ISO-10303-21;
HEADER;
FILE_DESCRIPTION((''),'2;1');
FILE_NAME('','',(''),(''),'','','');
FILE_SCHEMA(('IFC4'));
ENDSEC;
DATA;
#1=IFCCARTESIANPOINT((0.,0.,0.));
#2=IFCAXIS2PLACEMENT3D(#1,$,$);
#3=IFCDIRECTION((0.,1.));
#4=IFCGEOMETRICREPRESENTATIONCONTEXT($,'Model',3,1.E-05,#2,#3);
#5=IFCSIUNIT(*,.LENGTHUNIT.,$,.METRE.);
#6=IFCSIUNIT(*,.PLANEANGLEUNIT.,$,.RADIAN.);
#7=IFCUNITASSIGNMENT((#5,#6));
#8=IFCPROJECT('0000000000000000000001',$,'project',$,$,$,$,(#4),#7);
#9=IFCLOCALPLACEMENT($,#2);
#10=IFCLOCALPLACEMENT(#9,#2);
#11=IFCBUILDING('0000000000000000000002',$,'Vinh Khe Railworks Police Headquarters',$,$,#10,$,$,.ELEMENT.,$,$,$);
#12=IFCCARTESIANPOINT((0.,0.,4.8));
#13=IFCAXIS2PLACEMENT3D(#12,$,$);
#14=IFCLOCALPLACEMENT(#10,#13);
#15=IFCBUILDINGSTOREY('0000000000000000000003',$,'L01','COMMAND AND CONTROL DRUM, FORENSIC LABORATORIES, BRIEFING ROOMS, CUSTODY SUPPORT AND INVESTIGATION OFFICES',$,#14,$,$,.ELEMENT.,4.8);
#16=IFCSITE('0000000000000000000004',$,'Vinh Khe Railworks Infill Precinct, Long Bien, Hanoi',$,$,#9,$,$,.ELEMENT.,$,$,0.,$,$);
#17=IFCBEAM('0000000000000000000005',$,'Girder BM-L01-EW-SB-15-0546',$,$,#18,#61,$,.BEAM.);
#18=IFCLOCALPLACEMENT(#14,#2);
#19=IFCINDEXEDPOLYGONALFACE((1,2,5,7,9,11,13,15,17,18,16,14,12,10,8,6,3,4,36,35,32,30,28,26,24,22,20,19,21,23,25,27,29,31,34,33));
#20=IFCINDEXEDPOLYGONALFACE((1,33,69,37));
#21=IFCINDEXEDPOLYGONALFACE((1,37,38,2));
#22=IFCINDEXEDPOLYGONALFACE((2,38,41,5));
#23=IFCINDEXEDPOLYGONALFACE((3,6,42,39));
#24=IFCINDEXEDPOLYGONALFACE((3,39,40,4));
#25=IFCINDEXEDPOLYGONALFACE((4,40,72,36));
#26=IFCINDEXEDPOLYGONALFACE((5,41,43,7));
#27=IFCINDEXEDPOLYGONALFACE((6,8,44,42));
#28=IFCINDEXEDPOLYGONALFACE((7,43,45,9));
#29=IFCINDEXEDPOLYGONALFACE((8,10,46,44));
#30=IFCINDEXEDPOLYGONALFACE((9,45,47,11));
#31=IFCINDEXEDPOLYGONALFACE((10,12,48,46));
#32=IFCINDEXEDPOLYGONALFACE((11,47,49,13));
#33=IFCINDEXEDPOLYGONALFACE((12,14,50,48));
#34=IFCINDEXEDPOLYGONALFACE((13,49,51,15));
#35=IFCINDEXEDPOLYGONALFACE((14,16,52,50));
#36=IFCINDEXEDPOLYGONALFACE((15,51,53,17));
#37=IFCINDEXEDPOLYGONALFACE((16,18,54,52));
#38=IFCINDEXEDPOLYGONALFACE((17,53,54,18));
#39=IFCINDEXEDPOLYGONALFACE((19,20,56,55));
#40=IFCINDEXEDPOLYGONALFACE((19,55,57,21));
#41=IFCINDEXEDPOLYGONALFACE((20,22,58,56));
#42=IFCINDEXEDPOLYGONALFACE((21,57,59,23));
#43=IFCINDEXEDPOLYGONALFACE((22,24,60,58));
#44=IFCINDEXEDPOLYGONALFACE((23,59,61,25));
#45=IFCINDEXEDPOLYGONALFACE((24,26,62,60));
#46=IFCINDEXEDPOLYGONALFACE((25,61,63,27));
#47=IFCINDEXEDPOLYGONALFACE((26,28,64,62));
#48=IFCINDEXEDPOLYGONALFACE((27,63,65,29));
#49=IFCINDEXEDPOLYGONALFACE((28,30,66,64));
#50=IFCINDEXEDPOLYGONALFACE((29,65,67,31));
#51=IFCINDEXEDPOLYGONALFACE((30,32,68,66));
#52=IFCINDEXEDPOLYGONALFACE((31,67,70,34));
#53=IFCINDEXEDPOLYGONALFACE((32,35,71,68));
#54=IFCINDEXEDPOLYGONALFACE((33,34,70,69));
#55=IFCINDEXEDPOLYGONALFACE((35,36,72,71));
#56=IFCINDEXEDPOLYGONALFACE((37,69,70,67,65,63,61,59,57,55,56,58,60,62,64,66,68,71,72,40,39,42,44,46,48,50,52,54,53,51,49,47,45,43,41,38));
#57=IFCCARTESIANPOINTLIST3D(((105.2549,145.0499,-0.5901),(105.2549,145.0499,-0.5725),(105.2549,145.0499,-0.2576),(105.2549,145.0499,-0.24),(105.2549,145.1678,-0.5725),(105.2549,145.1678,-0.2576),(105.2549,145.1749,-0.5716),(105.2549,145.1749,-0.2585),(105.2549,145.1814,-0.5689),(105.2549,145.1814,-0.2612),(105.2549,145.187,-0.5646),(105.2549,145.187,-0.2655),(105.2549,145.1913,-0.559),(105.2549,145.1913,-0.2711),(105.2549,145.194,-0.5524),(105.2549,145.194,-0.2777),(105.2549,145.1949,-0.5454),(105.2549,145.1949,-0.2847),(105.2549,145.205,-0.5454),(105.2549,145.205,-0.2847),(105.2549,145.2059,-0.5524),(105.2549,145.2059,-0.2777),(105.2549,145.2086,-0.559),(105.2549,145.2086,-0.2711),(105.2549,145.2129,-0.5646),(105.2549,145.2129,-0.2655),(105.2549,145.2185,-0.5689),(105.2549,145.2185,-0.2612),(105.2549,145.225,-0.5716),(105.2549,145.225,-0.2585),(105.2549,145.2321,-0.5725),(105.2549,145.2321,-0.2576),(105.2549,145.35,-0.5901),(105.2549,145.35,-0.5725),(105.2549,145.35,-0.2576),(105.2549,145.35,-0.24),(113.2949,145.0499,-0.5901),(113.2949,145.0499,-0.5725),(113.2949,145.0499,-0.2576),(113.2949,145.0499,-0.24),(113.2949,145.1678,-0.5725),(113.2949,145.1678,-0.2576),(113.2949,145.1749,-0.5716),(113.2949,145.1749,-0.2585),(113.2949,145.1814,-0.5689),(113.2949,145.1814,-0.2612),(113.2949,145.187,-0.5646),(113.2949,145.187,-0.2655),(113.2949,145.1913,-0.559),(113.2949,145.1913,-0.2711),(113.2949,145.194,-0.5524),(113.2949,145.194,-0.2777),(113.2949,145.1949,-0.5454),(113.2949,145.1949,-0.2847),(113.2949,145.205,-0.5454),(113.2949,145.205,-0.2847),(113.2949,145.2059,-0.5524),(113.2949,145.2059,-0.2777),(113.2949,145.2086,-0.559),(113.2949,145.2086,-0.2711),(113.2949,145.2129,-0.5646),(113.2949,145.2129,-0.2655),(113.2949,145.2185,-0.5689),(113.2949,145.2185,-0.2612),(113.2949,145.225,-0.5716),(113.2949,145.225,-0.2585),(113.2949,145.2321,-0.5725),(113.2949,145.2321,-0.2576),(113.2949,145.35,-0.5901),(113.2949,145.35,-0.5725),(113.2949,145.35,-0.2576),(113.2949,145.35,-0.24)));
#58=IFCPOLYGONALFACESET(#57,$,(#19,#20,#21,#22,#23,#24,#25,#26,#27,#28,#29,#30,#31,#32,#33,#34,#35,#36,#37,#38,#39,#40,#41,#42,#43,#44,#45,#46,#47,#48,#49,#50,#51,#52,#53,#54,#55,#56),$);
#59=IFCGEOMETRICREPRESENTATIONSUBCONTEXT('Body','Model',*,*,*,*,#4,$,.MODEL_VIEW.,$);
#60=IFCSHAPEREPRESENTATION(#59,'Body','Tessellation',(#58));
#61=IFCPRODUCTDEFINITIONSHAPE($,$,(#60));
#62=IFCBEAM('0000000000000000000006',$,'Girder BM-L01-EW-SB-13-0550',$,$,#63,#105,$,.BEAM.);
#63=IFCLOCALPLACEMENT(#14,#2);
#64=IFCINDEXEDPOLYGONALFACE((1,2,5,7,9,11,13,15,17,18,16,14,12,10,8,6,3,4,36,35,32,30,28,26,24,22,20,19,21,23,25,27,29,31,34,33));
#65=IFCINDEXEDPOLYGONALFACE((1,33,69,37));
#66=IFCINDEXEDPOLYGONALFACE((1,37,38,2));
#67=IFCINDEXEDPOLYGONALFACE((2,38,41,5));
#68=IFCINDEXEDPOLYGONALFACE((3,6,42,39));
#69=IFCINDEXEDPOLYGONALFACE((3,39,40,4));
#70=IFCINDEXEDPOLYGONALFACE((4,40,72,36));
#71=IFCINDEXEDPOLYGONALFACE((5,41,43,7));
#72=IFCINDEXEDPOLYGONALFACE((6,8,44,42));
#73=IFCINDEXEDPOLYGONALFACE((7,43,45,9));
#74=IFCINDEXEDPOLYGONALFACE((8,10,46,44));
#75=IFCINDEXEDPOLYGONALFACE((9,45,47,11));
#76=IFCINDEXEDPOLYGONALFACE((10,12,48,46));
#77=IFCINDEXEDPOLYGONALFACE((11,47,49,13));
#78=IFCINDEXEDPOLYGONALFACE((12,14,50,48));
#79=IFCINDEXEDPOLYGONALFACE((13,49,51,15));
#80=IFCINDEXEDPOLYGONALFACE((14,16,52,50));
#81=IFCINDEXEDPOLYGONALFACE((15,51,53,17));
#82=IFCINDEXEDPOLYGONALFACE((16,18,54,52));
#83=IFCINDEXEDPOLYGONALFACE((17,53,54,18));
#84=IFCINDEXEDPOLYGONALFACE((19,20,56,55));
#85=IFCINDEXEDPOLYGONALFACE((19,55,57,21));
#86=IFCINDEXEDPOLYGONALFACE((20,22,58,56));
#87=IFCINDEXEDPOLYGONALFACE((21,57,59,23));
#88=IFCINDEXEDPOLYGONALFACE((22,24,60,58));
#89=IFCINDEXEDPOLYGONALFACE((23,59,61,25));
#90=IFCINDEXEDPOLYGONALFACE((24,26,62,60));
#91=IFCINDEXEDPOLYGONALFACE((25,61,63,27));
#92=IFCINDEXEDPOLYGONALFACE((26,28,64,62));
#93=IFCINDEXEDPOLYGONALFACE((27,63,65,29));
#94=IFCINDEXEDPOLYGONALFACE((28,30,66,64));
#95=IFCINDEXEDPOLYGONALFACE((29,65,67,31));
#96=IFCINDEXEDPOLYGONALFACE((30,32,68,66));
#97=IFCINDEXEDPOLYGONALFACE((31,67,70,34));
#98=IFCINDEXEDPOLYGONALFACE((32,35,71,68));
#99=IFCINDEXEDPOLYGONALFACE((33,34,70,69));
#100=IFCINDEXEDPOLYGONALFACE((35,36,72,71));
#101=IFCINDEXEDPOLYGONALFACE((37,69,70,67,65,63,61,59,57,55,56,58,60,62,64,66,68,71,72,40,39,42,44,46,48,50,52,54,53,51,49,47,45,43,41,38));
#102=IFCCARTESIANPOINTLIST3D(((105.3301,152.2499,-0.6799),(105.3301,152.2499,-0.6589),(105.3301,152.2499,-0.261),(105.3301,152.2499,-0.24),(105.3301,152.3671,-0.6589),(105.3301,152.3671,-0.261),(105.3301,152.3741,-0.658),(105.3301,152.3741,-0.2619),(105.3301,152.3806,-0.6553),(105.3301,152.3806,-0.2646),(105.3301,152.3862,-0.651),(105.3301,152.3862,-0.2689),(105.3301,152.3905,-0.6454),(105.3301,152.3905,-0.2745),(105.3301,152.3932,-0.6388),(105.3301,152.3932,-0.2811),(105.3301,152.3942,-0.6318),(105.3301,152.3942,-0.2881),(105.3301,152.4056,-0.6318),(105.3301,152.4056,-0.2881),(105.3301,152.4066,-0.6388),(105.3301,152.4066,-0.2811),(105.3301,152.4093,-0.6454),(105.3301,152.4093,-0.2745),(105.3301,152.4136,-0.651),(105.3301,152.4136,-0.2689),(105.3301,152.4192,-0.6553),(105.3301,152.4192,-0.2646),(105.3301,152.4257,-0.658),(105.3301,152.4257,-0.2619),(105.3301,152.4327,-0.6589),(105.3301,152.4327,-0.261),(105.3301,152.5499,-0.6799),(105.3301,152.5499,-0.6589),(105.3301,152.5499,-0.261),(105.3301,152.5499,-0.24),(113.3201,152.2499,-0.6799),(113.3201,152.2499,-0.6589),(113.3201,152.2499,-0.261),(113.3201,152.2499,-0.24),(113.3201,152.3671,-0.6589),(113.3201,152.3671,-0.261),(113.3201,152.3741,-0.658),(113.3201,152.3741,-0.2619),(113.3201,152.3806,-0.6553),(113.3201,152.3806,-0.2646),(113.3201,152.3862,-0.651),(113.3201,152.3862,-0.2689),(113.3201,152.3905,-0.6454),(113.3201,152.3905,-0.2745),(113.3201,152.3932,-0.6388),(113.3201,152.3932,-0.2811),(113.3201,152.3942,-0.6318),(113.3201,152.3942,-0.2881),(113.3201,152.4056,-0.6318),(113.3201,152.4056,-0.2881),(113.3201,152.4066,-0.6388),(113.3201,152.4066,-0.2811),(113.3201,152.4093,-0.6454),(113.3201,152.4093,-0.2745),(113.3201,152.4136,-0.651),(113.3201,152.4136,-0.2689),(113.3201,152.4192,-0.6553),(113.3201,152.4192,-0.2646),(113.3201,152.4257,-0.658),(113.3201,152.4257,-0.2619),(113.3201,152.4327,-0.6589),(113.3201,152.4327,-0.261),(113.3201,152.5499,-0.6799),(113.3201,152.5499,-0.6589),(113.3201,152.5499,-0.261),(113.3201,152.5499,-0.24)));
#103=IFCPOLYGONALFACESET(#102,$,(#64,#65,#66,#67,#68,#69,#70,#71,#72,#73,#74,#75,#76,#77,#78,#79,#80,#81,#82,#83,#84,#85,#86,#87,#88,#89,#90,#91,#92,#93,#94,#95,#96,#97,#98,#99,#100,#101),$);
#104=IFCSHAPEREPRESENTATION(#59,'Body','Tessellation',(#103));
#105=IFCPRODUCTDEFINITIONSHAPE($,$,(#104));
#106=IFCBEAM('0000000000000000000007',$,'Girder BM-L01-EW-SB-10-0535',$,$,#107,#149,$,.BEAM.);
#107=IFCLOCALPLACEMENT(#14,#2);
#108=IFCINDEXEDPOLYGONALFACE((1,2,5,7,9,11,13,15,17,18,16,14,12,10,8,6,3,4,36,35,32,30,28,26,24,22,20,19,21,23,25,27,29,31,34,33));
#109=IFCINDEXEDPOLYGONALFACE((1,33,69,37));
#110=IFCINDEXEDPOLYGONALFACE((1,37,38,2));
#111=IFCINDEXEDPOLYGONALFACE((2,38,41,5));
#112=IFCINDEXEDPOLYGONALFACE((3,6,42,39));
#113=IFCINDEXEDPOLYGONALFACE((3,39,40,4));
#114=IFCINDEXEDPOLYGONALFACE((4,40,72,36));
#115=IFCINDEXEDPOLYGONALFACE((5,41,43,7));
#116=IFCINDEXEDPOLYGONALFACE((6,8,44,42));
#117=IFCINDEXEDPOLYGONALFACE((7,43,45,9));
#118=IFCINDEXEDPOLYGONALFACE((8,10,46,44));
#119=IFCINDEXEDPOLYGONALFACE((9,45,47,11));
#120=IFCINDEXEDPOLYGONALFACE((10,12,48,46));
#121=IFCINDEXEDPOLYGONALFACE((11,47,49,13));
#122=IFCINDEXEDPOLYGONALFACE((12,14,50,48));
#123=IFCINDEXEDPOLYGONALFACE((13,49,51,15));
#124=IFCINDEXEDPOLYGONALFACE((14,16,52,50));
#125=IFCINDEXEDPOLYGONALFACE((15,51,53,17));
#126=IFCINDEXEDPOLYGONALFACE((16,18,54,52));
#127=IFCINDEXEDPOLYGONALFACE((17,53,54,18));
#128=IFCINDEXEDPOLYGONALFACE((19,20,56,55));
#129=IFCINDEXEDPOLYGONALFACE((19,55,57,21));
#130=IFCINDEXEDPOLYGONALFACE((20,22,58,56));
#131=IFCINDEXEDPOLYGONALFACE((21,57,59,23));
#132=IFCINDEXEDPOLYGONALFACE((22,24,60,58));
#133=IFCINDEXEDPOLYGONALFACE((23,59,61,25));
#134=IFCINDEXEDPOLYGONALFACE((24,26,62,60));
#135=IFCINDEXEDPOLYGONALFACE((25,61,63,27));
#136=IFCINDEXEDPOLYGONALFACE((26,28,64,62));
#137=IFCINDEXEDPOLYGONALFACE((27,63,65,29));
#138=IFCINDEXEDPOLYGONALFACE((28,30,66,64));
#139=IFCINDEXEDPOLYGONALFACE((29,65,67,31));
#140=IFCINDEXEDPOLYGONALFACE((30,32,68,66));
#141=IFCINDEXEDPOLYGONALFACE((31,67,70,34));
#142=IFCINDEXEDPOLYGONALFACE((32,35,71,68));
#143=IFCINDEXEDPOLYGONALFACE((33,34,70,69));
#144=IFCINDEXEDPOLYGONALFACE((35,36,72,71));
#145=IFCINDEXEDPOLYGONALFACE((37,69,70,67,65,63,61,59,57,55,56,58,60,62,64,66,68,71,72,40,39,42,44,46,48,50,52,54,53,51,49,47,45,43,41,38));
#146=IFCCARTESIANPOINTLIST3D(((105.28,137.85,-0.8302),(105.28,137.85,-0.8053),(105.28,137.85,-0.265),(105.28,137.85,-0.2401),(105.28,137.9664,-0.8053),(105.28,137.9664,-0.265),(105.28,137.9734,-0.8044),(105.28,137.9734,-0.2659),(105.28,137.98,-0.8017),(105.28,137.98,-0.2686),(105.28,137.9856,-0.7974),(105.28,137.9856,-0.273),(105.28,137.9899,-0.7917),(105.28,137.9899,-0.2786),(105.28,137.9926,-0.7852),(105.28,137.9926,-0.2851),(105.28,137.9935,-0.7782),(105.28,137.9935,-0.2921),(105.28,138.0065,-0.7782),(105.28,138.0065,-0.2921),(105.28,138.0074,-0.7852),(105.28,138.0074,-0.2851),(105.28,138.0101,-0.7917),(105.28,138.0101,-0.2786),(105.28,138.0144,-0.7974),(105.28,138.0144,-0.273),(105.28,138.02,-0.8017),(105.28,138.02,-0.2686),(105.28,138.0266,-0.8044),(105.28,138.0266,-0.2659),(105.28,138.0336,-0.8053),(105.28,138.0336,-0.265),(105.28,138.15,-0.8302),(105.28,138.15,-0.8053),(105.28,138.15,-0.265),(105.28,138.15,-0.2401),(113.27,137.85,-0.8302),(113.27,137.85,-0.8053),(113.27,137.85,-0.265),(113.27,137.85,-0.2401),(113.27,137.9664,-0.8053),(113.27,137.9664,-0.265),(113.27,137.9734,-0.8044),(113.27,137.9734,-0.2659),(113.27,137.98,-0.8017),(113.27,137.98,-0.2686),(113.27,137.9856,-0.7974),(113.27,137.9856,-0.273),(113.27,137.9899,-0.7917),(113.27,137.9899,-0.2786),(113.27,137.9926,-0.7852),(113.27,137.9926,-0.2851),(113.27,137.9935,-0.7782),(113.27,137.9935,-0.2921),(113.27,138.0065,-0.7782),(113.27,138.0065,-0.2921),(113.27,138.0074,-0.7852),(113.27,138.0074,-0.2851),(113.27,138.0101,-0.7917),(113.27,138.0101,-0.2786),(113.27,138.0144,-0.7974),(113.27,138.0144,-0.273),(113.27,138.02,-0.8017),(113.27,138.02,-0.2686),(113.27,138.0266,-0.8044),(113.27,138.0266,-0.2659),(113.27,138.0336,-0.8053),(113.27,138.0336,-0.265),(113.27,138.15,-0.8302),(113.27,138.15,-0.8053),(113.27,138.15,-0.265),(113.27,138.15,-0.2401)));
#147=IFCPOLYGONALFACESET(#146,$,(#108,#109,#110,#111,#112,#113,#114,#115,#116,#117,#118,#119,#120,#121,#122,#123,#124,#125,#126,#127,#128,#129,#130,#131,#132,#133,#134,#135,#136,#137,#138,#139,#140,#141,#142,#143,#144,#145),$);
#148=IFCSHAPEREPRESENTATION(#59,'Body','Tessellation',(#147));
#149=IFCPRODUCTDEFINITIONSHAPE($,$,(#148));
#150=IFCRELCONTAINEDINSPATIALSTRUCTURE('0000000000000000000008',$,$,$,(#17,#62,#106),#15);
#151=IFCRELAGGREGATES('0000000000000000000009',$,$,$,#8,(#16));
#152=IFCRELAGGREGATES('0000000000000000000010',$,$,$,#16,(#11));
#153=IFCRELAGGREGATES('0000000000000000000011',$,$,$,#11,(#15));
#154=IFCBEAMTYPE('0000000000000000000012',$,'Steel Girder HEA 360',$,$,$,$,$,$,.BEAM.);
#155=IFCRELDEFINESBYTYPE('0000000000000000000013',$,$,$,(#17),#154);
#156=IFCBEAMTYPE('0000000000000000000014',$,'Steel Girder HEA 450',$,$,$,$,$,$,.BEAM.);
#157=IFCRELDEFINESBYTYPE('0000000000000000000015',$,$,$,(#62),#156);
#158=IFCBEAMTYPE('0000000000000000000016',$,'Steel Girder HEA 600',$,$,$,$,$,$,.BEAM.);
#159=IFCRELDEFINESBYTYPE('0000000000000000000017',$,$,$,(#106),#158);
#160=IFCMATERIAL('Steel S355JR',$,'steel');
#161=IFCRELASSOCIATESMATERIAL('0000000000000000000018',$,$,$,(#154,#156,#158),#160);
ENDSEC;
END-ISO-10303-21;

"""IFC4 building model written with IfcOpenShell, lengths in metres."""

from ifc_helpers import new_model, si_unit, direction, frame, origin, origin_2d, place, context, subcontext, project, spatial, i_section, extrude, material, material_profile, profile_set, type_object, element, save


model = new_model("IFC4")

# Units and contexts
model_context = context("Model", 3, precision=1e-05, world=origin(), true_north=direction((0.0, 1.0)))
body_context = subcontext(model_context, "Body", "Model", "MODEL_VIEW")
ifc_project = project(units=[si_unit("LENGTHUNIT", "METRE"), si_unit("PLANEANGLEUNIT", "RADIAN")], contexts=[model_context])

# Site, building, storey
site_placement = place(None, origin())
site = spatial("IfcSite", under=ifc_project, at=site_placement, Name="Vinh Khe Railworks Infill Precinct, Long Bien, Hanoi", CompositionType="ELEMENT", RefElevation=0.0)
building_placement = place(site_placement, origin())
building = spatial("IfcBuilding", under=site, at=building_placement, Name="Vinh Khe Railworks Police Headquarters", CompositionType="ELEMENT")
storey_placement = place(building_placement, frame((0.0, 0.0, 4.8)))
storey = spatial("IfcBuildingStorey", under=building, at=storey_placement, Name="L01", Description="COMMAND AND CONTROL DRUM, FORENSIC LABORATORIES, BRIEFING ROOMS, CUSTODY SUPPORT AND INVESTIGATION OFFICES", CompositionType="ELEMENT", Elevation=4.8)

# Beams
ifc_material_1 = material(Name="Steel S355JR", Category="steel")
ifc_material_profile_1 = material_profile(ifc_material_1, i_section(OverallWidth=0.3, OverallDepth=0.3501, WebThickness=0.01, FlangeThickness=0.0176, FilletRadius=0.0271, at=origin_2d()), Name="HEA 360")
ifc_profile_set_1 = profile_set([ifc_material_profile_1], Name="Steel S355JR")
beam_type_1 = type_object("IfcBeamType", Name="Steel Girder HEA 360", PredefinedType="BEAM", material=ifc_profile_set_1)
beam_1_placement = place(storey_placement, frame((105.2549, 145.2, -0.415), z_axis=(1.0, 0.0, 0.0), x_axis=(0.0, 1.0, 0.0)))
element("IfcBeam", 1, at=beam_1_placement, inside=storey, type_object=beam_type_1, Name="Girder BM-L01-EW-SB-15-0546", PredefinedType="BEAM", context=body_context, shape_type="SweptSolid", body=[
    extrude(i_section(OverallWidth=0.3, OverallDepth=0.3501, WebThickness=0.01, FlangeThickness=0.0176, FilletRadius=0.0271, at=origin_2d()), origin(), (0.0, 0.0, 1.0), 8.04),
])
ifc_material_profile_2 = material_profile(ifc_material_1, i_section(OverallWidth=0.3, OverallDepth=0.4399, WebThickness=0.0115, FlangeThickness=0.021, FilletRadius=0.0271, at=origin_2d()), Name="HEA 450")
ifc_profile_set_2 = profile_set([ifc_material_profile_2], Name="Steel S355JR")
beam_type_2 = type_object("IfcBeamType", Name="Steel Girder HEA 450", PredefinedType="BEAM", material=ifc_profile_set_2)
beam_2_placement = place(storey_placement, frame((105.3301, 152.3999, -0.46), z_axis=(1.0, 0.0, 0.0), x_axis=(0.0, 1.0, 0.0)))
element("IfcBeam", 2, at=beam_2_placement, inside=storey, type_object=beam_type_2, Name="Girder BM-L01-EW-SB-13-0550", PredefinedType="BEAM", context=body_context, shape_type="SweptSolid", body=[
    extrude(i_section(OverallWidth=0.3, OverallDepth=0.4399, WebThickness=0.0115, FlangeThickness=0.021, FilletRadius=0.0271, at=origin_2d()), origin(), (0.0, 0.0, 1.0), 7.99),
])
ifc_material_profile_3 = material_profile(ifc_material_1, i_section(OverallWidth=0.3, OverallDepth=0.5901, WebThickness=0.0129, FlangeThickness=0.0249, FilletRadius=0.0271, at=origin_2d()), Name="HEA 600")
ifc_profile_set_3 = profile_set([ifc_material_profile_3], Name="Steel S355JR")
beam_type_3 = type_object("IfcBeamType", Name="Steel Girder HEA 600", PredefinedType="BEAM", material=ifc_profile_set_3)
beam_3_placement = place(storey_placement, frame((105.28, 138.0, -0.5352), z_axis=(1.0, 0.0, 0.0), x_axis=(0.0, 1.0, 0.0)))
element("IfcBeam", 3, at=beam_3_placement, inside=storey, type_object=beam_type_3, Name="Girder BM-L01-EW-SB-10-0535", PredefinedType="BEAM", context=body_context, shape_type="SweptSolid", body=[
    extrude(i_section(OverallWidth=0.3, OverallDepth=0.5901, WebThickness=0.0129, FlangeThickness=0.0249, FilletRadius=0.0271, at=origin_2d()), origin(), (0.0, 0.0, 1.0), 7.99),
])

save(model, "model.ifc")
